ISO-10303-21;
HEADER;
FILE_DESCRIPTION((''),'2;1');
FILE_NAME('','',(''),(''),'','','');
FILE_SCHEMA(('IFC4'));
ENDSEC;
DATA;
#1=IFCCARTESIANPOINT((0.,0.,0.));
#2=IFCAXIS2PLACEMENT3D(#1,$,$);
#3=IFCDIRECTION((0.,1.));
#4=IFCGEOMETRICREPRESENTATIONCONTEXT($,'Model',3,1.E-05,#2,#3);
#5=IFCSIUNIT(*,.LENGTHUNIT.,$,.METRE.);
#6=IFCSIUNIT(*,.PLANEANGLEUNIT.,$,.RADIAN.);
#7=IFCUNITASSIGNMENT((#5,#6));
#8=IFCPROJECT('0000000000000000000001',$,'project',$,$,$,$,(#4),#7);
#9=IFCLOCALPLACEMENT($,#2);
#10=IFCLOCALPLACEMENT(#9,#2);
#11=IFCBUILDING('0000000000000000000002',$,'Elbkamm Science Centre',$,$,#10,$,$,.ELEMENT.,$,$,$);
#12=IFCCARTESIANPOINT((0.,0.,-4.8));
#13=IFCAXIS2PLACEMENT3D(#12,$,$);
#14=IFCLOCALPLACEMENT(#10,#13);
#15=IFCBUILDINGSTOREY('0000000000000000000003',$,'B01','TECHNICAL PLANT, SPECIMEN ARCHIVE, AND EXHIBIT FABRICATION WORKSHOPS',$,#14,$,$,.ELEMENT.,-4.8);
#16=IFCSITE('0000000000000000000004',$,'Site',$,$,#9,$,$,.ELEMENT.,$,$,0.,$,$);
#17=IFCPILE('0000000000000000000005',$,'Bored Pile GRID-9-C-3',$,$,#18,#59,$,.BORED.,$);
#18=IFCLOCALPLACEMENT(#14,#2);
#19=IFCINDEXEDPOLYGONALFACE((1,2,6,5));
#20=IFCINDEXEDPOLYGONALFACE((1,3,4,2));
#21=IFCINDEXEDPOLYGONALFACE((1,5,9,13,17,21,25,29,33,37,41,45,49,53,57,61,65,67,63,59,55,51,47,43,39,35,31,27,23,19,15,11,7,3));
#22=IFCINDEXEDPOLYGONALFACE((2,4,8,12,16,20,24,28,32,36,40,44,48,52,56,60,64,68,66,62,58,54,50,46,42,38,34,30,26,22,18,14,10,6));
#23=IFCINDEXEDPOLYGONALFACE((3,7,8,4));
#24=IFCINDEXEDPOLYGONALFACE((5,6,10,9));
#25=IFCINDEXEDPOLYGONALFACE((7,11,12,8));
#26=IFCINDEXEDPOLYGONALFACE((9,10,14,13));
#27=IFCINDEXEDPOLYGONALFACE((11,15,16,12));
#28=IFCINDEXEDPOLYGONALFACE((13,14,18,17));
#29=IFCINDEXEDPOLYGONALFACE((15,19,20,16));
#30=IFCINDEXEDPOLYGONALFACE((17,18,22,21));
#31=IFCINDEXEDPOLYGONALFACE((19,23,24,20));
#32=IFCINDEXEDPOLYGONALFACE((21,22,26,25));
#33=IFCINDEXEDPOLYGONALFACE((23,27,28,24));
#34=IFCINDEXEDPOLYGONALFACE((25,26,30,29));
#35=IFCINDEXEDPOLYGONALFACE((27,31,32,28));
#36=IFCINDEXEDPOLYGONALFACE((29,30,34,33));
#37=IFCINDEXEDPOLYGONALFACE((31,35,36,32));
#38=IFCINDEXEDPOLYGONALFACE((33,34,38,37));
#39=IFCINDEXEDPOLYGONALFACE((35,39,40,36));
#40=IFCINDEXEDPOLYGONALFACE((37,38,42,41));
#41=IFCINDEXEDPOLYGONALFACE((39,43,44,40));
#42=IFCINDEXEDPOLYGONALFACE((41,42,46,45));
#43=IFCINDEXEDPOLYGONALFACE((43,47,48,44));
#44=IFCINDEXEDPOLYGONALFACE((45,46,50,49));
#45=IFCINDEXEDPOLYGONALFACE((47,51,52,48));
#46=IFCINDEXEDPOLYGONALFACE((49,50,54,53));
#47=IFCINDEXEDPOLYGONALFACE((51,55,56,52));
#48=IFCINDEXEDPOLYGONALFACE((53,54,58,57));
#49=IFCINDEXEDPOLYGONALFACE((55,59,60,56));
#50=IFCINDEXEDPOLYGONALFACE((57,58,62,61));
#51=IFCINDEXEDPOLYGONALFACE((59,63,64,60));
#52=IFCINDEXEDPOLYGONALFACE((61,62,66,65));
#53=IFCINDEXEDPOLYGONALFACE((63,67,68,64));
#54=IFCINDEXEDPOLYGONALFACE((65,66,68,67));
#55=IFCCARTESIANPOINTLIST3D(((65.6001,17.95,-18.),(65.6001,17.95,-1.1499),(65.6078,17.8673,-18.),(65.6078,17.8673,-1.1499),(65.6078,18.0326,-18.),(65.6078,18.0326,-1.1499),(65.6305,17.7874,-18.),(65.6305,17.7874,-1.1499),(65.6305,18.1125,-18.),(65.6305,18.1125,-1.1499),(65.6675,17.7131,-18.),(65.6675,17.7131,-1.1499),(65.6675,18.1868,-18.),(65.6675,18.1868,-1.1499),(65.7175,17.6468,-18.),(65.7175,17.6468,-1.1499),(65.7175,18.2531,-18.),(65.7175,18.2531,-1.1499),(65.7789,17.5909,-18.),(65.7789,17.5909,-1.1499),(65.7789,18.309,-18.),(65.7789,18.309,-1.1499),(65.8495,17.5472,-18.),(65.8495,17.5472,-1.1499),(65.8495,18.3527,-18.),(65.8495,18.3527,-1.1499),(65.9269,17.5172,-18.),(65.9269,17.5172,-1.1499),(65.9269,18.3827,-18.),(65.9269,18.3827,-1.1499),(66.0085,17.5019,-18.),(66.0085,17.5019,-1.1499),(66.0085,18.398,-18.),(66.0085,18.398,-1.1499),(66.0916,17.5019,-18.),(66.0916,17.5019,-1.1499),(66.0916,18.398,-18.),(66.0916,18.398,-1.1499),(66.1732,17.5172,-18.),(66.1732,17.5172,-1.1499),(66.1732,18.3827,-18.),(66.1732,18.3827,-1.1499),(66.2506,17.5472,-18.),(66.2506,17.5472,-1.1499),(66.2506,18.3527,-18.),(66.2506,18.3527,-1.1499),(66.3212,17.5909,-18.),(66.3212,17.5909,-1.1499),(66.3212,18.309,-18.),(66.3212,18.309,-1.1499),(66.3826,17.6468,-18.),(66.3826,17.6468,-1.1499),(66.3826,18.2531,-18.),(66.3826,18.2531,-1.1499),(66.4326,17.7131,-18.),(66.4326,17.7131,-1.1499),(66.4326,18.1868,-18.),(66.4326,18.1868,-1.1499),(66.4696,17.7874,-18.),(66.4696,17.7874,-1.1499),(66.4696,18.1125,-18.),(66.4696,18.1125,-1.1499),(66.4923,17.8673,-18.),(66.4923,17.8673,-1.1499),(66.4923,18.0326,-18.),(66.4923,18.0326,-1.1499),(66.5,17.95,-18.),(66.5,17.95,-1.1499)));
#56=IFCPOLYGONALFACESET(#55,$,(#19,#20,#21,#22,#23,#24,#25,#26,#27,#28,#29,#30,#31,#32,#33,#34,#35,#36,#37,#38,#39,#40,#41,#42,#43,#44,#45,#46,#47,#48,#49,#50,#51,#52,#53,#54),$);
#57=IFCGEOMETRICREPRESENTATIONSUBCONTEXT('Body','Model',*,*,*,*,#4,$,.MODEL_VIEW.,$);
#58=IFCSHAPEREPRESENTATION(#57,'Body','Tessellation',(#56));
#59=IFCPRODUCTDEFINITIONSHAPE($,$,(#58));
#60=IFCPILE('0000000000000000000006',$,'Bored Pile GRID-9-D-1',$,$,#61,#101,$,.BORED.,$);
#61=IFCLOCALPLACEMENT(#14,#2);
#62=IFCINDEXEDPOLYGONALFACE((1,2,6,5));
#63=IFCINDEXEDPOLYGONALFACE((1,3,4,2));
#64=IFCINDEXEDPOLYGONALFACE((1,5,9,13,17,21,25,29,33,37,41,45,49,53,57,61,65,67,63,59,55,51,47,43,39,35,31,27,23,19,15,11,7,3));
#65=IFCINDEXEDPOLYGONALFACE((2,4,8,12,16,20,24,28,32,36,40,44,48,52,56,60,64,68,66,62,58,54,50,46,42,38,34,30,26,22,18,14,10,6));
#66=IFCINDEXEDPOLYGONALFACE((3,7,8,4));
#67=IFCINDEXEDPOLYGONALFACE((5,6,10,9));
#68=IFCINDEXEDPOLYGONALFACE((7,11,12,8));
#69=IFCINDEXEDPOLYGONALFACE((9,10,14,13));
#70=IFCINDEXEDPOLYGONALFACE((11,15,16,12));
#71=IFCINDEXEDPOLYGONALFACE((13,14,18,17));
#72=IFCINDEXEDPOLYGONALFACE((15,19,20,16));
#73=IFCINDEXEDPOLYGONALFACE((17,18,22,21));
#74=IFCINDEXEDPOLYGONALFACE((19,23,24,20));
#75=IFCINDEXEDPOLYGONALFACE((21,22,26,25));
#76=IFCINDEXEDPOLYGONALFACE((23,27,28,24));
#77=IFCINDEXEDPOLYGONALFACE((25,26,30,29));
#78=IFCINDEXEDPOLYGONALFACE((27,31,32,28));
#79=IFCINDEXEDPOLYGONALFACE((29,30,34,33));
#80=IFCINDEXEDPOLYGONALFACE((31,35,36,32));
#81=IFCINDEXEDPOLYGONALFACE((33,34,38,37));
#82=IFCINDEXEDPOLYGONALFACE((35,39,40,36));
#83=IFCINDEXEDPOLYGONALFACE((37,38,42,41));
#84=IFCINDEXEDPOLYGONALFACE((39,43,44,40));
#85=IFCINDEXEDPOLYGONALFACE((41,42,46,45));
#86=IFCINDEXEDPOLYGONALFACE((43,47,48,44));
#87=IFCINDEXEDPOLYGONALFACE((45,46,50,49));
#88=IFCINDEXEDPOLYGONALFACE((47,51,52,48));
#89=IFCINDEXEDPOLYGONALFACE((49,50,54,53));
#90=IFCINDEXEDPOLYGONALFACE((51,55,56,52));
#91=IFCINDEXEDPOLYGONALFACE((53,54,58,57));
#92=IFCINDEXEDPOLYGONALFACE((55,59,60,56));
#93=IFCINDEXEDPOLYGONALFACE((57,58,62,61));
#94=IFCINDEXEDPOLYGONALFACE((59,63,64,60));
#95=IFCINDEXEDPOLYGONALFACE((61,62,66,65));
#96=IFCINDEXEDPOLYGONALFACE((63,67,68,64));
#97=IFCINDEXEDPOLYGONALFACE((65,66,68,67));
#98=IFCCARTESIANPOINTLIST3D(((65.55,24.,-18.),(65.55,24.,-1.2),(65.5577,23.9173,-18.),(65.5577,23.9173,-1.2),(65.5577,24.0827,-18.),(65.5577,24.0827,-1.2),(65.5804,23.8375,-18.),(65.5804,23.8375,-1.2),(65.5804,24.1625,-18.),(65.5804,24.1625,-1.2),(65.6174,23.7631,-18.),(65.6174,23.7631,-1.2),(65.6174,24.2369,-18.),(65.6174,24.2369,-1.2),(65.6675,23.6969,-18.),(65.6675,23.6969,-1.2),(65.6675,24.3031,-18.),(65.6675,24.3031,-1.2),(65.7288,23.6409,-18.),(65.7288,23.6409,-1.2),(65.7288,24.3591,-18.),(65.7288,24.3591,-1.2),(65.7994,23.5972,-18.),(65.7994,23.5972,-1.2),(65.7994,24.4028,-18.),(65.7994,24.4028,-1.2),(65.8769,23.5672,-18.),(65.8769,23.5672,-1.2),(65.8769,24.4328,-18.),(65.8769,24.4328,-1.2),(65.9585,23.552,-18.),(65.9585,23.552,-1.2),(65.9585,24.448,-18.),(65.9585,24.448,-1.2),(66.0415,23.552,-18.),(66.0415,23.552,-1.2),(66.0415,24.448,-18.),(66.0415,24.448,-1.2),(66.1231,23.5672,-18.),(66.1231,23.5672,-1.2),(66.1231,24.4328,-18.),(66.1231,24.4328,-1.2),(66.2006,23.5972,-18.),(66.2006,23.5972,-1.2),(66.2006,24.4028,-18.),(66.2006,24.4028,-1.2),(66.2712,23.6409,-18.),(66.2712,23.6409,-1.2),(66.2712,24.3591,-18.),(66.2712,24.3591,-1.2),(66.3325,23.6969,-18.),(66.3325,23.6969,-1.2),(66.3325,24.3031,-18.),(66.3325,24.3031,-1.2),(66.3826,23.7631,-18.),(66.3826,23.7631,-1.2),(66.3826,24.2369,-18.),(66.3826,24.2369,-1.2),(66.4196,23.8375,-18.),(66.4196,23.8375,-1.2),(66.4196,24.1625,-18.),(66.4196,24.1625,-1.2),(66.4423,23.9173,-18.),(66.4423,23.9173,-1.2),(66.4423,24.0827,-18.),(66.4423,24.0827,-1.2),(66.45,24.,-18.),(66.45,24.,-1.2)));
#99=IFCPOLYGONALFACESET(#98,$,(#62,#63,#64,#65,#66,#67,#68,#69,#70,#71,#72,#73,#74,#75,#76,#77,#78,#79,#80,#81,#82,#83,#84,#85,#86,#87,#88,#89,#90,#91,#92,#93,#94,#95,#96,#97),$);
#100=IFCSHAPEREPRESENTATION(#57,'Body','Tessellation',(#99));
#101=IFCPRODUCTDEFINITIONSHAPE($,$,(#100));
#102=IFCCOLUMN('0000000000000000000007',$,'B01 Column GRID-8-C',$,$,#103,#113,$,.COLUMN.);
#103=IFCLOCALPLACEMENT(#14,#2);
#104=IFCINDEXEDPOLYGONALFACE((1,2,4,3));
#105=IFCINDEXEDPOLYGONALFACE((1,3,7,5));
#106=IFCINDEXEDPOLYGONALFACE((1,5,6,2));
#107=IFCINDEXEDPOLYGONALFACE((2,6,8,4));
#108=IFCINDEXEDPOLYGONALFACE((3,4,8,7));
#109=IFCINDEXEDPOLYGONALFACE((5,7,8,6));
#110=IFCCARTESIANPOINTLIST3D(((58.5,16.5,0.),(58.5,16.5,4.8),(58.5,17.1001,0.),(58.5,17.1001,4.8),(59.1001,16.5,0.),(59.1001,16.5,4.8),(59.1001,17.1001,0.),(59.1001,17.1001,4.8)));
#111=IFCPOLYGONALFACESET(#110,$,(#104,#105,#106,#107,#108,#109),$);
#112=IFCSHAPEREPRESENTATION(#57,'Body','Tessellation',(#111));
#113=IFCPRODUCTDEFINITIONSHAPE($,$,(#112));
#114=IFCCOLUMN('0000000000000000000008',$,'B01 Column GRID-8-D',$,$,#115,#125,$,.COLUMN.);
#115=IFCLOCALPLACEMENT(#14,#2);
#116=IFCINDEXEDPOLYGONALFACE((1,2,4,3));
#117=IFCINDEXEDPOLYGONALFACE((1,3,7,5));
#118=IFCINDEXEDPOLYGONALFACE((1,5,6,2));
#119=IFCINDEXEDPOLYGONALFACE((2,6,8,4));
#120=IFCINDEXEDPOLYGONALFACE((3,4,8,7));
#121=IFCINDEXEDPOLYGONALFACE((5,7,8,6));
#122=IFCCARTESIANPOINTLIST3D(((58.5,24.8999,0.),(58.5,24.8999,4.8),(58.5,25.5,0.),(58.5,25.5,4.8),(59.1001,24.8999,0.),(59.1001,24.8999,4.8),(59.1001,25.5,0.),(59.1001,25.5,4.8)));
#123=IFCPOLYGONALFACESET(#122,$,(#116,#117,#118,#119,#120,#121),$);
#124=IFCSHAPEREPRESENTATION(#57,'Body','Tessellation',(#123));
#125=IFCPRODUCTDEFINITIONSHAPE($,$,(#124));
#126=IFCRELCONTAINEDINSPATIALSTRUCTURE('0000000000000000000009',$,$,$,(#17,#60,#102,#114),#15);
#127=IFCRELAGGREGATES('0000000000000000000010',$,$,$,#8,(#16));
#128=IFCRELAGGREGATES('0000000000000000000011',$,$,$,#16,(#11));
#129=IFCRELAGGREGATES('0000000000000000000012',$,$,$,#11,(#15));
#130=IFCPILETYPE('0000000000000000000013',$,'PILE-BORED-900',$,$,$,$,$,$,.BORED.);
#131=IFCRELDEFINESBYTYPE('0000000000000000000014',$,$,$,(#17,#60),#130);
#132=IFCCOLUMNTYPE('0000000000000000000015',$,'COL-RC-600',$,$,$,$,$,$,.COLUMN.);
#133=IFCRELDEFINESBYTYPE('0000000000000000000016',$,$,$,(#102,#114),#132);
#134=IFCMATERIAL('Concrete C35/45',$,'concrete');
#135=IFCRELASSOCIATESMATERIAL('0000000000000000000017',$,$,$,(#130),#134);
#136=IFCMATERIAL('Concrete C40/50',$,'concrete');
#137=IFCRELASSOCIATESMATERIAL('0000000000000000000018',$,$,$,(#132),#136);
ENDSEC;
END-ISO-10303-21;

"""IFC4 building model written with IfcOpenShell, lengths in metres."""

from ifc_helpers import new_model, si_unit, direction, frame, origin, origin_2d, place, context, subcontext, project, spatial, rectangle, circle, extrude, material, material_profile, profile_set, type_object, element, save


model = new_model("IFC4")

# Units and contexts
model_context = context("Model", 3, precision=1e-05, world=origin(), true_north=direction((0.0, 1.0)))
body_context = subcontext(model_context, "Body", "Model", "MODEL_VIEW")
ifc_project = project(units=[si_unit("LENGTHUNIT", "METRE"), si_unit("PLANEANGLEUNIT", "RADIAN")], contexts=[model_context])

# Site, building, storey
site_placement = place(None, origin())
site = spatial("IfcSite", under=ifc_project, at=site_placement, Name="Site", CompositionType="ELEMENT", RefElevation=0.0)
building_placement = place(site_placement, origin())
building = spatial("IfcBuilding", under=site, at=building_placement, Name="Elbkamm Science Centre", CompositionType="ELEMENT")
storey_placement = place(building_placement, frame((0.0, 0.0, -4.8)))
storey = spatial("IfcBuildingStorey", under=building, at=storey_placement, Name="B01", Description="TECHNICAL PLANT, SPECIMEN ARCHIVE, AND EXHIBIT FABRICATION WORKSHOPS", CompositionType="ELEMENT", Elevation=-4.8)

# Shared definitions
ifc_material_1 = material(Name="Concrete C35/45", Category="concrete")

# Piles
ifc_material_profile_1 = material_profile(ifc_material_1, circle(Radius=0.45, at=origin_2d()), Name="PILE D900")
ifc_profile_set_1 = profile_set([ifc_material_profile_1], Name="Concrete C35/45")
pile_type = type_object("IfcPileType", Name="PILE-BORED-900", PredefinedType="BORED", material=ifc_profile_set_1)
for number, where, z_axis, x_axis, name in (
    (1, (66.05, 17.95, -1.1499), (0.0, 0.0, -1.0), (1.0, 0.0, 0.0), "Bored Pile GRID-9-C-3"),
):
    element("IfcPile", number, at=place(storey_placement, frame(where, z_axis=z_axis, x_axis=x_axis)), inside=storey, type_object=pile_type, Name=name, PredefinedType="BORED", context=body_context, shape_type="SweptSolid", body=[
        extrude(circle(Radius=0.45, at=origin_2d()), origin(), (0.0, 0.0, 1.0), 16.8501),
    ])
pile_placement = place(storey_placement, frame((66.0, 24.0, -1.2), z_axis=(0.0, 0.0, -1.0), x_axis=(1.0, 0.0, 0.0)))
element("IfcPile", 2, at=pile_placement, inside=storey, type_object=pile_type, Name="Bored Pile GRID-9-D-1", PredefinedType="BORED", context=body_context, shape_type="SweptSolid", body=[
    extrude(circle(Radius=0.45, at=origin_2d()), origin(), (0.0, 0.0, 1.0), 16.8),
])

# Columns
ifc_material_2 = material(Name="Concrete C40/50", Category="concrete")
ifc_material_profile_2 = material_profile(ifc_material_2, rectangle(XDim=0.6001, YDim=0.6001, at=origin_2d()), Name="RC 600x600")
ifc_profile_set_2 = profile_set([ifc_material_profile_2], Name="Concrete C40/50")
column_type = type_object("IfcColumnType", Name="COL-RC-600", PredefinedType="COLUMN", material=ifc_profile_set_2)
for number, where, z_axis, x_axis, name in (
    (3, (58.8, 16.8, 0.0), (0.0, 0.0, 1.0), (1.0, 0.0, 0.0), "B01 Column GRID-8-C"),
    (4, (58.8, 25.2, 0.0), (0.0, 0.0, 1.0), (1.0, 0.0, 0.0), "B01 Column GRID-8-D"),
):
    element("IfcColumn", number, at=place(storey_placement, frame(where, z_axis=z_axis, x_axis=x_axis)), inside=storey, type_object=column_type, Name=name, PredefinedType="COLUMN", context=body_context, shape_type="SweptSolid", body=[
        extrude(rectangle(XDim=0.6001, YDim=0.6001, at=origin_2d()), origin(), (0.0, 0.0, 1.0), 4.8),
    ])

save(model, "model.ifc")
